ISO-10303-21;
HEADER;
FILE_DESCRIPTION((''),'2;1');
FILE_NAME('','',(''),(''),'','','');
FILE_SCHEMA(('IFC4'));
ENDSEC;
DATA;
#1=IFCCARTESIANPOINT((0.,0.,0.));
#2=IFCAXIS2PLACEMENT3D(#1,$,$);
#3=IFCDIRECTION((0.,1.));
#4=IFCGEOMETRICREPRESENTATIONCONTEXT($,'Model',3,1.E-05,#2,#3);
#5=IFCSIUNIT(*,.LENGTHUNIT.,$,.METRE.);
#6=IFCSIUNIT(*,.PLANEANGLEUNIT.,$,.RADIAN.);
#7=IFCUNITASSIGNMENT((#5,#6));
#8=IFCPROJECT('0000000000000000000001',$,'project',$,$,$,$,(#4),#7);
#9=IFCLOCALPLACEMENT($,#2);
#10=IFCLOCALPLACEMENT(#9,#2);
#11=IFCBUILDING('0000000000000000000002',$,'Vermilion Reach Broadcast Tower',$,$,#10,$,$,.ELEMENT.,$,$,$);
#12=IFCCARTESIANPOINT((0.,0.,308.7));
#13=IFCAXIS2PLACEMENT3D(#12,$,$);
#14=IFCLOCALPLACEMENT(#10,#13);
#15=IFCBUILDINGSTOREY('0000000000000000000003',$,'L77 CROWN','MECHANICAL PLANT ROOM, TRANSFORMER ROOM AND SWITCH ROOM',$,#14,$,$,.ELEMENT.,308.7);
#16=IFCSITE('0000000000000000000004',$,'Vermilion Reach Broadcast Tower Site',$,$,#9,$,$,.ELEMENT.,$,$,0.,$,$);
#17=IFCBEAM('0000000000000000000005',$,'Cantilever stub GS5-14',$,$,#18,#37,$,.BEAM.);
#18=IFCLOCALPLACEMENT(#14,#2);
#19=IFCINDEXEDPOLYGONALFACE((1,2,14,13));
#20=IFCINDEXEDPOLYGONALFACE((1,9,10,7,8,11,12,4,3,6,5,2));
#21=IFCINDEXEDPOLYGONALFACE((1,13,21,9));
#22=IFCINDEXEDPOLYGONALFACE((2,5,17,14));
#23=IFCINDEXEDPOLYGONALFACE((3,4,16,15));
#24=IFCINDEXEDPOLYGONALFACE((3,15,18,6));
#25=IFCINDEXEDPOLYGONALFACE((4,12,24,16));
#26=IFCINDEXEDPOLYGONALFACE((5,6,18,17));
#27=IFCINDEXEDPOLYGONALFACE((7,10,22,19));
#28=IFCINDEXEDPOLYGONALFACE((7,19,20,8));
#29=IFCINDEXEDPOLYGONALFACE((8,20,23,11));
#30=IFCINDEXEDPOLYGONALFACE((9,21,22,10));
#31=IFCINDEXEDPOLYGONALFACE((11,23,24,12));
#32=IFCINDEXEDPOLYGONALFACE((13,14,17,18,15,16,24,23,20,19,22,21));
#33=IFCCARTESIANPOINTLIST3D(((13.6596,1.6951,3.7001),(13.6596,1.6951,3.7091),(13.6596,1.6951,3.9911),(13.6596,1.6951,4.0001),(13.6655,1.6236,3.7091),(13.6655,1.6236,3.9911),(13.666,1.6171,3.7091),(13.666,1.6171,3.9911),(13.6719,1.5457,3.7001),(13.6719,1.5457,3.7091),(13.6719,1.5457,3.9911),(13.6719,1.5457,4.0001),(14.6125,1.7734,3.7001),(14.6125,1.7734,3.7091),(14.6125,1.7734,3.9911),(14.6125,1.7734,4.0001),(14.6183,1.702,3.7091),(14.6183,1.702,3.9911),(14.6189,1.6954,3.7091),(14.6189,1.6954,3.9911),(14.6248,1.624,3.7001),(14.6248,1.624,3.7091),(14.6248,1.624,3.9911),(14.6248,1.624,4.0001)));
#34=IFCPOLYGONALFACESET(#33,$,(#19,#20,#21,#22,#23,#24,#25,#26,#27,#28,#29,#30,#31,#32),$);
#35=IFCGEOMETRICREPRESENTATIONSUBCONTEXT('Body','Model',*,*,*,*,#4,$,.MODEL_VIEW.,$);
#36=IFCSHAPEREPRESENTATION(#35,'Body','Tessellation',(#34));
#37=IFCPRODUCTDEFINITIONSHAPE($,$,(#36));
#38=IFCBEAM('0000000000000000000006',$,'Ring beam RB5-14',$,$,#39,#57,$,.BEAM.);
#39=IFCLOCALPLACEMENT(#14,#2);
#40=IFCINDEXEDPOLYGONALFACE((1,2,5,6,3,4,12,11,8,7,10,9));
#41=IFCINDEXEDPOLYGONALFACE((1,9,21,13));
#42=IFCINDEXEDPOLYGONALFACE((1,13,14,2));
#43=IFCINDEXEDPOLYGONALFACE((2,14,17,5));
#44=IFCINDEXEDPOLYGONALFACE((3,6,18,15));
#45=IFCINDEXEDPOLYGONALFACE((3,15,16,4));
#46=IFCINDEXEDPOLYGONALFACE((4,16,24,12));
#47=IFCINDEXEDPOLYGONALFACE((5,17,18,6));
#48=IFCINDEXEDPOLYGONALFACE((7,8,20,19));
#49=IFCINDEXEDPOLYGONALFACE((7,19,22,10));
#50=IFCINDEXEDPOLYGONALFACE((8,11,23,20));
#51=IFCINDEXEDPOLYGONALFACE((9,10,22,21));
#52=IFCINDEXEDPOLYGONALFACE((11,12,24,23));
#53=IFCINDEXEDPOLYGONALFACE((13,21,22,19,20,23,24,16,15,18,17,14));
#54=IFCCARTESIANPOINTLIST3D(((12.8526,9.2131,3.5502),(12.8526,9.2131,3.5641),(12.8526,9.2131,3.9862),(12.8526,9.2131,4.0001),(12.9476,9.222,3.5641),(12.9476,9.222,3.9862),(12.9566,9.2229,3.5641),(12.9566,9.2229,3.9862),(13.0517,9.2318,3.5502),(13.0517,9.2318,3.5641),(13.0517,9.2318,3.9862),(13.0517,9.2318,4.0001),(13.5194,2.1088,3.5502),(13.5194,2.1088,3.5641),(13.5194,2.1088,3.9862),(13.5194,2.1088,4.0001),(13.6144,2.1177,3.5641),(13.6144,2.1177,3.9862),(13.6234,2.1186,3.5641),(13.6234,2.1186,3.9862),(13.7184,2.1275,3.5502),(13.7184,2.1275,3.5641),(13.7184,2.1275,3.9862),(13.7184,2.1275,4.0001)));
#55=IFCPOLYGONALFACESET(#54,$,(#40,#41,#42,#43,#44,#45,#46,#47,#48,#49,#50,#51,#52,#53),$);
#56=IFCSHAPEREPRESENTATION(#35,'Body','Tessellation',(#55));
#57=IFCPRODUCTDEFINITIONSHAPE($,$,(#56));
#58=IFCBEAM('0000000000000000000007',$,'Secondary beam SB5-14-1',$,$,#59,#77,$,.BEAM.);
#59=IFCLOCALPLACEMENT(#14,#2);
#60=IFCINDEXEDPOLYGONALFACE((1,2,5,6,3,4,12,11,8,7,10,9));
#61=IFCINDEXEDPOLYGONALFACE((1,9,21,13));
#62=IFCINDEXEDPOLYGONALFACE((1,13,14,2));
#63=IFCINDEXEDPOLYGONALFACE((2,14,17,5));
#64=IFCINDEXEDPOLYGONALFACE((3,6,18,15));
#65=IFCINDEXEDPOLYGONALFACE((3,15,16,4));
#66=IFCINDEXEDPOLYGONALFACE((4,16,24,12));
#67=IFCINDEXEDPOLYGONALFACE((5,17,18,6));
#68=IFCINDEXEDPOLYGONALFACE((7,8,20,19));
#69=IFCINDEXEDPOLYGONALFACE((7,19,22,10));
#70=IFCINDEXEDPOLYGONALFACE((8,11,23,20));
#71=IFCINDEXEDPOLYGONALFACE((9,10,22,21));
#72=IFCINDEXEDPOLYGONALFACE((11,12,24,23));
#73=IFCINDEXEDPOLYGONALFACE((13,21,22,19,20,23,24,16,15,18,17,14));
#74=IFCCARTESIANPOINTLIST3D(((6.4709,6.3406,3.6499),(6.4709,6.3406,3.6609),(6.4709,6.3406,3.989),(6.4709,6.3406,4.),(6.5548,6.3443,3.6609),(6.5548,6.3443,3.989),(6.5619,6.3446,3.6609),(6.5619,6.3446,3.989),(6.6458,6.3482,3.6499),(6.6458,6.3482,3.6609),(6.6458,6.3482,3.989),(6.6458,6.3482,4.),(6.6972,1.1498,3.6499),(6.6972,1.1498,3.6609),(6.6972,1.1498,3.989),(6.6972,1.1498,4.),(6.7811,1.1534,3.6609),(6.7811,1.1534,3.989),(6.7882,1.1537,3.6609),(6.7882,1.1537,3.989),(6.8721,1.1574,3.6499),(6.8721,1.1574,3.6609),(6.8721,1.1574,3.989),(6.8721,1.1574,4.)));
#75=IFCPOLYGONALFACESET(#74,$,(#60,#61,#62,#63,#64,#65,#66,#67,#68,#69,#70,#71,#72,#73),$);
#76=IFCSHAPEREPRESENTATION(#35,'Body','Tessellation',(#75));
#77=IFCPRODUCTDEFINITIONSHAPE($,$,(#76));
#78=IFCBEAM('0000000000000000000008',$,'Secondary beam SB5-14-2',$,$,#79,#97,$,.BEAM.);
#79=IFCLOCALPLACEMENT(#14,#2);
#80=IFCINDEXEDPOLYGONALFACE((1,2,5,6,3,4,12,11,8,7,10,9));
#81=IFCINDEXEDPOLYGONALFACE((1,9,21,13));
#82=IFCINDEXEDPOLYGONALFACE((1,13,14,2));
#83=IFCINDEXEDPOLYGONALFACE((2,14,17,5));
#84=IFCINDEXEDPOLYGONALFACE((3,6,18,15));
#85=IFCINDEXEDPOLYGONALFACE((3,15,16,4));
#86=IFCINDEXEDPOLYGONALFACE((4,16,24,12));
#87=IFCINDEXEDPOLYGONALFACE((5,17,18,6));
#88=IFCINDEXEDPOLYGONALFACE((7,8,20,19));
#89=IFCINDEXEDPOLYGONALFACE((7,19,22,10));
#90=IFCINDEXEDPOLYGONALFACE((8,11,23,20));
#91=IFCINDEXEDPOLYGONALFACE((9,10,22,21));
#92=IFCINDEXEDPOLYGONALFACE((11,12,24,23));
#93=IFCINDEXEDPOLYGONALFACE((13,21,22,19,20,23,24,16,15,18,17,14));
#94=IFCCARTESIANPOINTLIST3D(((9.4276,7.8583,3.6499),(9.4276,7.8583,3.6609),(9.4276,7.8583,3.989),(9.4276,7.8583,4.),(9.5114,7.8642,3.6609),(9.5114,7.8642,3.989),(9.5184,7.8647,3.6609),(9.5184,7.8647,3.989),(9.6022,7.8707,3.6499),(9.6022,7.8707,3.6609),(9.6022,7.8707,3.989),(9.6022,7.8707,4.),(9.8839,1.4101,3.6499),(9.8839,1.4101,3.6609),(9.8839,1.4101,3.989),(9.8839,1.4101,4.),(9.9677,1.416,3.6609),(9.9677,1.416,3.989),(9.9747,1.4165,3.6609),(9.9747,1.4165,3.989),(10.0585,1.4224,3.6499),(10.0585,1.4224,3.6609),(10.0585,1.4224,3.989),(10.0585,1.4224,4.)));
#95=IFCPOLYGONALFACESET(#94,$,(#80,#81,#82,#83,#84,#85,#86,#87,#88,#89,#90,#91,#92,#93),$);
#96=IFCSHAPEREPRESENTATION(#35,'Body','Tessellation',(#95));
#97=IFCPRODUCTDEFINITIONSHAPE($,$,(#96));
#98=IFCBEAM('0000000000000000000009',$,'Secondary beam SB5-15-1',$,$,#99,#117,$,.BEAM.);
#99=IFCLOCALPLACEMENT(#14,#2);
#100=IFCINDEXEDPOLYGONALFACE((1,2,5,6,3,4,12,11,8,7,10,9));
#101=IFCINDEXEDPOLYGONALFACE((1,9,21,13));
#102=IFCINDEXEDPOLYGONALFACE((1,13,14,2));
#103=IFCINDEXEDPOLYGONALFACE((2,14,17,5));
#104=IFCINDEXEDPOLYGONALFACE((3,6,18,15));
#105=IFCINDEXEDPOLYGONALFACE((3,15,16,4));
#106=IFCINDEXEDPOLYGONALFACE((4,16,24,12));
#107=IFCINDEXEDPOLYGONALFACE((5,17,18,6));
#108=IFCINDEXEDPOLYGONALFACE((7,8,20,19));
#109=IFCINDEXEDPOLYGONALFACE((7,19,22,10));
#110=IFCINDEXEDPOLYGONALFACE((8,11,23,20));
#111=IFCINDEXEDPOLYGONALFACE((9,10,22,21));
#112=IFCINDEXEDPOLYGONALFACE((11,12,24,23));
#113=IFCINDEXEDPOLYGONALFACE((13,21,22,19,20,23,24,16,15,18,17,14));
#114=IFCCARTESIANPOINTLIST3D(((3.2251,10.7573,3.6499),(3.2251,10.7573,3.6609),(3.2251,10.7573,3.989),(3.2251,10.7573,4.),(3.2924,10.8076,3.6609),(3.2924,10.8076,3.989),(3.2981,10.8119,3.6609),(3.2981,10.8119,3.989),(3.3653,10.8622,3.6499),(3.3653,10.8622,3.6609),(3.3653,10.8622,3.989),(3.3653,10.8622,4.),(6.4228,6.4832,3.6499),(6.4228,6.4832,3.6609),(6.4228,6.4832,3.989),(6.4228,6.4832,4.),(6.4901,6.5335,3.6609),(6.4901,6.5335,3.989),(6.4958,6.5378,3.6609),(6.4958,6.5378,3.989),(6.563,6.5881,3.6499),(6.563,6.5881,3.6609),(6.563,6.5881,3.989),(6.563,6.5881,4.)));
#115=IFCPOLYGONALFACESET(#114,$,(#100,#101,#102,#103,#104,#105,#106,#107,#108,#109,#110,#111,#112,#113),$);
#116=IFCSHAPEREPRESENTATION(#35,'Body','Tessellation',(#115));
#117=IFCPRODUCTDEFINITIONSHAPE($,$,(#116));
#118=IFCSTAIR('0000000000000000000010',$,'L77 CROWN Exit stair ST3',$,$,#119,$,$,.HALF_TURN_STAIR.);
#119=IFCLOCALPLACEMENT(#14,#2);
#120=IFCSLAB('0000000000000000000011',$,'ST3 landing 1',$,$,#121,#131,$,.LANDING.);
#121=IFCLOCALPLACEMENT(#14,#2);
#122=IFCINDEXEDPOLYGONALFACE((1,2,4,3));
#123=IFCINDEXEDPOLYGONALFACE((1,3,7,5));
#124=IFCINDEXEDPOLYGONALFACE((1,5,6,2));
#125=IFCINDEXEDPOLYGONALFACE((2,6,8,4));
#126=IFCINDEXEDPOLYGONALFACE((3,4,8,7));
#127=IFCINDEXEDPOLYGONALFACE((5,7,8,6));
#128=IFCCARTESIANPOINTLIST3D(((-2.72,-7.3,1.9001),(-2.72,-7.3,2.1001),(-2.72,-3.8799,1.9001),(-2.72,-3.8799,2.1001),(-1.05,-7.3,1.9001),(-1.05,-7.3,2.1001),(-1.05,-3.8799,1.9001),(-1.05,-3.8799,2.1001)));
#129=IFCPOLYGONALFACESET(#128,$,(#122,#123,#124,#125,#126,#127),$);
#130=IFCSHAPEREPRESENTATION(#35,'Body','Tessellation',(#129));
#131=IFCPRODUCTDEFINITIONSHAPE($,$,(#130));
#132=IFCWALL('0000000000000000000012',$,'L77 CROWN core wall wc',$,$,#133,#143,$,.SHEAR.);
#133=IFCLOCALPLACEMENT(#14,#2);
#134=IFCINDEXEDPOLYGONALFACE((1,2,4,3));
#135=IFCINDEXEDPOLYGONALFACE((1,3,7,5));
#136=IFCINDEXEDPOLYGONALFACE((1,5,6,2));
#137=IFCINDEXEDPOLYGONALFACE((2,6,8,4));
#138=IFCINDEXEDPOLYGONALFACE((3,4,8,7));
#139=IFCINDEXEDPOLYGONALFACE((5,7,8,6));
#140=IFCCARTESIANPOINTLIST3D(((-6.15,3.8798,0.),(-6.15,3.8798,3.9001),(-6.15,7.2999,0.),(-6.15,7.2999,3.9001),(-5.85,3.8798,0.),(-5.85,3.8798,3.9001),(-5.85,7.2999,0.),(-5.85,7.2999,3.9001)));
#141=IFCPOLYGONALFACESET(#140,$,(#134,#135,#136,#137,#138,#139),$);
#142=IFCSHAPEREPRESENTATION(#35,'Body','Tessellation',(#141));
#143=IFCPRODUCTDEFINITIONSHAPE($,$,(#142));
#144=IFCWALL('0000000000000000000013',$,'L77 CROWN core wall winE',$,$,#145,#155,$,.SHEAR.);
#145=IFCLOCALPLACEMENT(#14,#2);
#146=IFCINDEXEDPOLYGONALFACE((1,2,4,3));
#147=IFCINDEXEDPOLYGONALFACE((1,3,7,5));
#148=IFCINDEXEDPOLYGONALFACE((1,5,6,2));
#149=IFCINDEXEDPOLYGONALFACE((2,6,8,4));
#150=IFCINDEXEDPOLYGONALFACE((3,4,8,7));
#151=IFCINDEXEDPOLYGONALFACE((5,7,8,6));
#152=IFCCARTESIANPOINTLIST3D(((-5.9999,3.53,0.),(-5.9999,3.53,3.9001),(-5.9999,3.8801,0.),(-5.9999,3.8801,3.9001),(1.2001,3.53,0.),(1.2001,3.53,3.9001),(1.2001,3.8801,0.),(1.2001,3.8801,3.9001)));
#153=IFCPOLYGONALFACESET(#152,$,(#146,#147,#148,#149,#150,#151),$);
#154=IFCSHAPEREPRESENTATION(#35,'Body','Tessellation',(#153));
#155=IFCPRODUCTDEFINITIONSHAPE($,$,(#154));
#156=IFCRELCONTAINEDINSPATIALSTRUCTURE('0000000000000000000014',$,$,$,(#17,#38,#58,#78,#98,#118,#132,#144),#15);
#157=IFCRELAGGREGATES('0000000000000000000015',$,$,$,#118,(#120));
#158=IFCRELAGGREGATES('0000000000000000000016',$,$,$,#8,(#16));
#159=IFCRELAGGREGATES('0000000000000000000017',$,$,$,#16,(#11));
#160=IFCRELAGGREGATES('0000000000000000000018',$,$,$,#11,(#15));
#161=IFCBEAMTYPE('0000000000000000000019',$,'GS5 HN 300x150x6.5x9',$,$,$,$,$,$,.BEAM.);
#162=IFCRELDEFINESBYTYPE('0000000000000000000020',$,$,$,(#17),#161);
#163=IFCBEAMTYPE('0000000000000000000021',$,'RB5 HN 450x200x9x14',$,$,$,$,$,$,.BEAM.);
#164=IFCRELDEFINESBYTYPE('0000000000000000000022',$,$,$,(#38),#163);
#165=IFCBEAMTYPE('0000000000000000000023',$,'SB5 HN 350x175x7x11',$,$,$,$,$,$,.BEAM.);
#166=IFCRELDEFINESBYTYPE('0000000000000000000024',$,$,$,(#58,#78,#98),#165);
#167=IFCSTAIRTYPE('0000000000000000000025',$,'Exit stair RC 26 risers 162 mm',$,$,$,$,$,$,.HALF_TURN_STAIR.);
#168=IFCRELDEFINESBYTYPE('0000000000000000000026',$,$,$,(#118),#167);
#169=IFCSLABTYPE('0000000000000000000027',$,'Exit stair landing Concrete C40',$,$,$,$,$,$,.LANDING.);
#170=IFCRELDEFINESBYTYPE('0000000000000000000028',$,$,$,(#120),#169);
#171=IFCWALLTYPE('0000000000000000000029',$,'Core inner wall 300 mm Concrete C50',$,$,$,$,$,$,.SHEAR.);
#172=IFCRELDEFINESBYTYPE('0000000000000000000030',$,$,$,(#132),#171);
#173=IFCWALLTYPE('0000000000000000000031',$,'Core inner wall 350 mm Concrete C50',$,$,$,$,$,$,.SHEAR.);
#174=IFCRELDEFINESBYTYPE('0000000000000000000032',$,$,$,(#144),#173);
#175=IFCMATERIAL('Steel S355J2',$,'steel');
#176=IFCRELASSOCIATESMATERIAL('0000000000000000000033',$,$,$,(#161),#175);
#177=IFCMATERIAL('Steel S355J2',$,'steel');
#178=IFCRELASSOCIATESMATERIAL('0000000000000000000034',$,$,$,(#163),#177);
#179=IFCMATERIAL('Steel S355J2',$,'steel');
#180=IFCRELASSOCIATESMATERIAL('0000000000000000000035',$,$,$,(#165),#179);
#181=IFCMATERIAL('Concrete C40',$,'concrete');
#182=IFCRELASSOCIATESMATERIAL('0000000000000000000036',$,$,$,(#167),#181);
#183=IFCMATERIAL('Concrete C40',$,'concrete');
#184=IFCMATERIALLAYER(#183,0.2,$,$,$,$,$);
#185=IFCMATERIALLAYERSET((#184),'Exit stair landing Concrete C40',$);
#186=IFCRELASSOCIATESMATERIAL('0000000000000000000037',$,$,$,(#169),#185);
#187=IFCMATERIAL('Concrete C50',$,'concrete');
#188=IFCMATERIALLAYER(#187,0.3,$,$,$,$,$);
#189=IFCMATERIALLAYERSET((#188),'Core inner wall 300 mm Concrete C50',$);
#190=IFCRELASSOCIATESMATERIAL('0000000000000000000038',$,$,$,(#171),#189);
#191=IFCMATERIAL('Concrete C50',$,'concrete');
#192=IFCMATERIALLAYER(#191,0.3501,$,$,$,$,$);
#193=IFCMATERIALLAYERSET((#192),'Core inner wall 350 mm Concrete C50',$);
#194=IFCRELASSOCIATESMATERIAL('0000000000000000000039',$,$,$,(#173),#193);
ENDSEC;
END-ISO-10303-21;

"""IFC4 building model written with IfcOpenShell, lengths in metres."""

from ifc_helpers import new_model, si_unit, direction, frame, frame_2d, origin, origin_2d, place, context, subcontext, project, spatial, polyline, rectangle, i_section, outline, extrude, material, layer, layer_set, material_profile, profile_set, type_object, element, aggregate, save


model = new_model("IFC4")

# Units and contexts
model_context = context("Model", 3, precision=1e-05, world=origin(), true_north=direction((0.0, 1.0)))
body_context = subcontext(model_context, "Body", "Model", "MODEL_VIEW")
ifc_project = project(units=[si_unit("LENGTHUNIT", "METRE"), si_unit("PLANEANGLEUNIT", "RADIAN")], contexts=[model_context])

# Site, building, storey
site_placement = place(None, origin())
site = spatial("IfcSite", under=ifc_project, at=site_placement, Name="Vermilion Reach Broadcast Tower Site", CompositionType="ELEMENT", RefElevation=0.0)
building_placement = place(site_placement, origin())
building = spatial("IfcBuilding", under=site, at=building_placement, Name="Vermilion Reach Broadcast Tower", CompositionType="ELEMENT")
storey_placement = place(building_placement, frame((0.0, 0.0, 308.7)))
storey = spatial("IfcBuildingStorey", under=building, at=storey_placement, Name="L77 CROWN", Description="MECHANICAL PLANT ROOM, TRANSFORMER ROOM AND SWITCH ROOM", CompositionType="ELEMENT", Elevation=308.7)

# Beams
ifc_material_1 = material(Name="Steel S355J2", Category="steel")
ifc_material_profile_1 = material_profile(ifc_material_1, i_section(OverallWidth=0.1499, OverallDepth=0.3, WebThickness=0.0066, FlangeThickness=0.009, at=origin_2d()), Name="S355J2 HN 300x150x6.5x9")
ifc_profile_set_1 = profile_set([ifc_material_profile_1], Name="Steel S355J2")
beam_type_1 = type_object("IfcBeamType", Name="GS5 HN 300x150x6.5x9", PredefinedType="BEAM", material=ifc_profile_set_1)
beam_1_placement = place(storey_placement, frame((13.6658, 1.6204, 3.8501), z_axis=(0.996635, 0.081968, 0.0), x_axis=(-0.081968, 0.996635, 0.0)))
element("IfcBeam", 1, at=beam_1_placement, inside=storey, type_object=beam_type_1, Name="Cantilever stub GS5-14", PredefinedType="BEAM", context=body_context, shape_type="SweptSolid", body=[
    extrude(i_section(OverallWidth=0.1499, OverallDepth=0.3, WebThickness=0.0066, FlangeThickness=0.009, at=origin_2d()), origin(), (0.0, 0.0, 1.0), 0.9561),
])
ifc_material_2 = material(Name="Steel S355J2", Category="steel")
ifc_material_profile_2 = material_profile(ifc_material_2, i_section(OverallWidth=0.2, OverallDepth=0.45, WebThickness=0.009, FlangeThickness=0.0139, at=origin_2d()), Name="S355J2 HN 450x200x9x14")
ifc_profile_set_2 = profile_set([ifc_material_profile_2], Name="Steel S355J2")
beam_type_2 = type_object("IfcBeamType", Name="RB5 HN 450x200x9x14", PredefinedType="BEAM", material=ifc_profile_set_2)
beam_2_placement = place(storey_placement, frame((13.6189, 2.1182, 3.7751), z_axis=(-0.093441, 0.995625, 0.0), x_axis=(-0.995625, -0.093441, 0.0)))
element("IfcBeam", 2, at=beam_2_placement, inside=storey, type_object=beam_type_2, Name="Ring beam RB5-14", PredefinedType="BEAM", context=body_context, shape_type="SweptSolid", body=[
    extrude(i_section(OverallWidth=0.2, OverallDepth=0.45, WebThickness=0.009, FlangeThickness=0.0139, at=origin_2d()), origin(), (0.0, 0.0, 1.0), 7.1355),
])
ifc_material_3 = material(Name="Steel S355J2", Category="steel")
ifc_material_profile_3 = material_profile(ifc_material_3, i_section(OverallWidth=0.175, OverallDepth=0.3501, WebThickness=0.0071, FlangeThickness=0.011, at=origin_2d()), Name="S355J2 HN 350x175x7x11")
ifc_profile_set_3 = profile_set([ifc_material_profile_3], Name="Steel S355J2")
beam_type_3 = type_object("IfcBeamType", Name="SB5 HN 350x175x7x11", PredefinedType="BEAM", material=ifc_profile_set_3)
beam_3_placement = place(storey_placement, frame((6.7847, 1.1536, 3.825), z_axis=(-0.043558, 0.999051, 0.0), x_axis=(-0.999051, -0.043558, 0.0)))
element("IfcBeam", 3, at=beam_3_placement, inside=storey, type_object=beam_type_3, Name="Secondary beam SB5-14-1", PredefinedType="BEAM", context=body_context, shape_type="SweptSolid", body=[
    extrude(i_section(OverallWidth=0.175, OverallDepth=0.3501, WebThickness=0.0071, FlangeThickness=0.011, at=origin_2d()), origin(), (0.0, 0.0, 1.0), 5.1958),
])
beam_4_placement = place(storey_placement, frame((9.9712, 1.4163, 3.825), z_axis=(-0.070587, 0.997506, 0.0), x_axis=(-0.997506, -0.070587, 0.0)))
element("IfcBeam", 4, at=beam_4_placement, inside=storey, type_object=beam_type_3, Name="Secondary beam SB5-14-2", PredefinedType="BEAM", context=body_context, shape_type="SweptSolid", body=[
    extrude(i_section(OverallWidth=0.175, OverallDepth=0.3501, WebThickness=0.0071, FlangeThickness=0.011, at=origin_2d()), origin(), (0.0, 0.0, 1.0), 6.4644),
])
beam_5_placement = place(storey_placement, frame((6.4929, 6.5356, 3.825), z_axis=(-0.599056, 0.800707, 0.0), x_axis=(-0.800707, -0.599056, 0.0)))
element("IfcBeam", 5, at=beam_5_placement, inside=storey, type_object=beam_type_3, Name="Secondary beam SB5-15-1", PredefinedType="BEAM", context=body_context, shape_type="SweptSolid", body=[
    extrude(i_section(OverallWidth=0.175, OverallDepth=0.3501, WebThickness=0.0071, FlangeThickness=0.011, at=origin_2d()), origin(), (0.0, 0.0, 1.0), 5.3379),
])

# Stair, slab
ifc_material_4 = material(Name="Concrete C40", Category="concrete")
stair_type = type_object("IfcStairType", Name="Exit stair RC 26 risers 162 mm", PredefinedType="HALF_TURN_STAIR", material=ifc_material_4)
placement = place(storey_placement, origin())
stair_1 = element("IfcStair", 6, at=placement, inside=storey, type_object=stair_type, Name="L77 CROWN Exit stair ST3", PredefinedType="HALF_TURN_STAIR")
ifc_material_5 = material(Name="Concrete C40", Category="concrete")
ifc_layer_1 = layer(ifc_material_5, 0.2)
ifc_layer_set_1 = layer_set([ifc_layer_1], Name="Exit stair landing Concrete C40")
slab_type = type_object("IfcSlabType", Name="Exit stair landing Concrete C40", PredefinedType="LANDING", material=ifc_layer_set_1)
slab_placement = place(storey_placement, frame((0.0, 0.0, 1.9001)))
slab = element("IfcSlab", 7, at=slab_placement, type_object=slab_type, Name="ST3 landing 1", PredefinedType="LANDING", context=body_context, shape_type="SweptSolid", body=[
    extrude(outline(polyline([(-2.72, -7.3), (-1.05, -7.3), (-1.05, -3.8799), (-2.72, -3.8799), (-2.72, -7.3)])), origin(), (0.0, 0.0, 1.0), 0.2),
])
aggregate(stair_1, [slab])

# Walls
ifc_material_6 = material(Name="Concrete C50", Category="concrete")
ifc_layer_2 = layer(ifc_material_6, 0.3)
ifc_layer_set_2 = layer_set([ifc_layer_2], Name="Core inner wall 300 mm Concrete C50")
wall_type_1 = type_object("IfcWallType", Name="Core inner wall 300 mm Concrete C50", PredefinedType="SHEAR", material=ifc_layer_set_2)
wall_1_placement = place(storey_placement, frame((-6.0, 3.8799, 0.0), z_axis=(0.0, 0.0, 1.0), x_axis=(0.0, 1.0, 0.0)))
element("IfcWall", 8, at=wall_1_placement, inside=storey, type_object=wall_type_1, Name="L77 CROWN core wall wc", PredefinedType="SHEAR", context=body_context, shape_type="SweptSolid", body=[
    extrude(rectangle(XDim=3.4202, YDim=0.3, at=frame_2d((1.71, 0.0))), origin(), (0.0, 0.0, 1.0), 3.9001),
])
ifc_material_7 = material(Name="Concrete C50", Category="concrete")
ifc_layer_3 = layer(ifc_material_7, 0.3501)
ifc_layer_set_3 = layer_set([ifc_layer_3], Name="Core inner wall 350 mm Concrete C50")
wall_type_2 = type_object("IfcWallType", Name="Core inner wall 350 mm Concrete C50", PredefinedType="SHEAR", material=ifc_layer_set_3)
wall_2_placement = place(storey_placement, frame((-6.0, 3.7051, 0.0), z_axis=(0.0, 0.0, 1.0), x_axis=(1.0, 0.0, 0.0)))
element("IfcWall", 9, at=wall_2_placement, inside=storey, type_object=wall_type_2, Name="L77 CROWN core wall winE", PredefinedType="SHEAR", context=body_context, shape_type="SweptSolid", body=[
    extrude(rectangle(XDim=7.2, YDim=0.3501, at=frame_2d((3.6001, 0.0))), origin(), (0.0, 0.0, 1.0), 3.9001),
])

save(model, "model.ifc")
